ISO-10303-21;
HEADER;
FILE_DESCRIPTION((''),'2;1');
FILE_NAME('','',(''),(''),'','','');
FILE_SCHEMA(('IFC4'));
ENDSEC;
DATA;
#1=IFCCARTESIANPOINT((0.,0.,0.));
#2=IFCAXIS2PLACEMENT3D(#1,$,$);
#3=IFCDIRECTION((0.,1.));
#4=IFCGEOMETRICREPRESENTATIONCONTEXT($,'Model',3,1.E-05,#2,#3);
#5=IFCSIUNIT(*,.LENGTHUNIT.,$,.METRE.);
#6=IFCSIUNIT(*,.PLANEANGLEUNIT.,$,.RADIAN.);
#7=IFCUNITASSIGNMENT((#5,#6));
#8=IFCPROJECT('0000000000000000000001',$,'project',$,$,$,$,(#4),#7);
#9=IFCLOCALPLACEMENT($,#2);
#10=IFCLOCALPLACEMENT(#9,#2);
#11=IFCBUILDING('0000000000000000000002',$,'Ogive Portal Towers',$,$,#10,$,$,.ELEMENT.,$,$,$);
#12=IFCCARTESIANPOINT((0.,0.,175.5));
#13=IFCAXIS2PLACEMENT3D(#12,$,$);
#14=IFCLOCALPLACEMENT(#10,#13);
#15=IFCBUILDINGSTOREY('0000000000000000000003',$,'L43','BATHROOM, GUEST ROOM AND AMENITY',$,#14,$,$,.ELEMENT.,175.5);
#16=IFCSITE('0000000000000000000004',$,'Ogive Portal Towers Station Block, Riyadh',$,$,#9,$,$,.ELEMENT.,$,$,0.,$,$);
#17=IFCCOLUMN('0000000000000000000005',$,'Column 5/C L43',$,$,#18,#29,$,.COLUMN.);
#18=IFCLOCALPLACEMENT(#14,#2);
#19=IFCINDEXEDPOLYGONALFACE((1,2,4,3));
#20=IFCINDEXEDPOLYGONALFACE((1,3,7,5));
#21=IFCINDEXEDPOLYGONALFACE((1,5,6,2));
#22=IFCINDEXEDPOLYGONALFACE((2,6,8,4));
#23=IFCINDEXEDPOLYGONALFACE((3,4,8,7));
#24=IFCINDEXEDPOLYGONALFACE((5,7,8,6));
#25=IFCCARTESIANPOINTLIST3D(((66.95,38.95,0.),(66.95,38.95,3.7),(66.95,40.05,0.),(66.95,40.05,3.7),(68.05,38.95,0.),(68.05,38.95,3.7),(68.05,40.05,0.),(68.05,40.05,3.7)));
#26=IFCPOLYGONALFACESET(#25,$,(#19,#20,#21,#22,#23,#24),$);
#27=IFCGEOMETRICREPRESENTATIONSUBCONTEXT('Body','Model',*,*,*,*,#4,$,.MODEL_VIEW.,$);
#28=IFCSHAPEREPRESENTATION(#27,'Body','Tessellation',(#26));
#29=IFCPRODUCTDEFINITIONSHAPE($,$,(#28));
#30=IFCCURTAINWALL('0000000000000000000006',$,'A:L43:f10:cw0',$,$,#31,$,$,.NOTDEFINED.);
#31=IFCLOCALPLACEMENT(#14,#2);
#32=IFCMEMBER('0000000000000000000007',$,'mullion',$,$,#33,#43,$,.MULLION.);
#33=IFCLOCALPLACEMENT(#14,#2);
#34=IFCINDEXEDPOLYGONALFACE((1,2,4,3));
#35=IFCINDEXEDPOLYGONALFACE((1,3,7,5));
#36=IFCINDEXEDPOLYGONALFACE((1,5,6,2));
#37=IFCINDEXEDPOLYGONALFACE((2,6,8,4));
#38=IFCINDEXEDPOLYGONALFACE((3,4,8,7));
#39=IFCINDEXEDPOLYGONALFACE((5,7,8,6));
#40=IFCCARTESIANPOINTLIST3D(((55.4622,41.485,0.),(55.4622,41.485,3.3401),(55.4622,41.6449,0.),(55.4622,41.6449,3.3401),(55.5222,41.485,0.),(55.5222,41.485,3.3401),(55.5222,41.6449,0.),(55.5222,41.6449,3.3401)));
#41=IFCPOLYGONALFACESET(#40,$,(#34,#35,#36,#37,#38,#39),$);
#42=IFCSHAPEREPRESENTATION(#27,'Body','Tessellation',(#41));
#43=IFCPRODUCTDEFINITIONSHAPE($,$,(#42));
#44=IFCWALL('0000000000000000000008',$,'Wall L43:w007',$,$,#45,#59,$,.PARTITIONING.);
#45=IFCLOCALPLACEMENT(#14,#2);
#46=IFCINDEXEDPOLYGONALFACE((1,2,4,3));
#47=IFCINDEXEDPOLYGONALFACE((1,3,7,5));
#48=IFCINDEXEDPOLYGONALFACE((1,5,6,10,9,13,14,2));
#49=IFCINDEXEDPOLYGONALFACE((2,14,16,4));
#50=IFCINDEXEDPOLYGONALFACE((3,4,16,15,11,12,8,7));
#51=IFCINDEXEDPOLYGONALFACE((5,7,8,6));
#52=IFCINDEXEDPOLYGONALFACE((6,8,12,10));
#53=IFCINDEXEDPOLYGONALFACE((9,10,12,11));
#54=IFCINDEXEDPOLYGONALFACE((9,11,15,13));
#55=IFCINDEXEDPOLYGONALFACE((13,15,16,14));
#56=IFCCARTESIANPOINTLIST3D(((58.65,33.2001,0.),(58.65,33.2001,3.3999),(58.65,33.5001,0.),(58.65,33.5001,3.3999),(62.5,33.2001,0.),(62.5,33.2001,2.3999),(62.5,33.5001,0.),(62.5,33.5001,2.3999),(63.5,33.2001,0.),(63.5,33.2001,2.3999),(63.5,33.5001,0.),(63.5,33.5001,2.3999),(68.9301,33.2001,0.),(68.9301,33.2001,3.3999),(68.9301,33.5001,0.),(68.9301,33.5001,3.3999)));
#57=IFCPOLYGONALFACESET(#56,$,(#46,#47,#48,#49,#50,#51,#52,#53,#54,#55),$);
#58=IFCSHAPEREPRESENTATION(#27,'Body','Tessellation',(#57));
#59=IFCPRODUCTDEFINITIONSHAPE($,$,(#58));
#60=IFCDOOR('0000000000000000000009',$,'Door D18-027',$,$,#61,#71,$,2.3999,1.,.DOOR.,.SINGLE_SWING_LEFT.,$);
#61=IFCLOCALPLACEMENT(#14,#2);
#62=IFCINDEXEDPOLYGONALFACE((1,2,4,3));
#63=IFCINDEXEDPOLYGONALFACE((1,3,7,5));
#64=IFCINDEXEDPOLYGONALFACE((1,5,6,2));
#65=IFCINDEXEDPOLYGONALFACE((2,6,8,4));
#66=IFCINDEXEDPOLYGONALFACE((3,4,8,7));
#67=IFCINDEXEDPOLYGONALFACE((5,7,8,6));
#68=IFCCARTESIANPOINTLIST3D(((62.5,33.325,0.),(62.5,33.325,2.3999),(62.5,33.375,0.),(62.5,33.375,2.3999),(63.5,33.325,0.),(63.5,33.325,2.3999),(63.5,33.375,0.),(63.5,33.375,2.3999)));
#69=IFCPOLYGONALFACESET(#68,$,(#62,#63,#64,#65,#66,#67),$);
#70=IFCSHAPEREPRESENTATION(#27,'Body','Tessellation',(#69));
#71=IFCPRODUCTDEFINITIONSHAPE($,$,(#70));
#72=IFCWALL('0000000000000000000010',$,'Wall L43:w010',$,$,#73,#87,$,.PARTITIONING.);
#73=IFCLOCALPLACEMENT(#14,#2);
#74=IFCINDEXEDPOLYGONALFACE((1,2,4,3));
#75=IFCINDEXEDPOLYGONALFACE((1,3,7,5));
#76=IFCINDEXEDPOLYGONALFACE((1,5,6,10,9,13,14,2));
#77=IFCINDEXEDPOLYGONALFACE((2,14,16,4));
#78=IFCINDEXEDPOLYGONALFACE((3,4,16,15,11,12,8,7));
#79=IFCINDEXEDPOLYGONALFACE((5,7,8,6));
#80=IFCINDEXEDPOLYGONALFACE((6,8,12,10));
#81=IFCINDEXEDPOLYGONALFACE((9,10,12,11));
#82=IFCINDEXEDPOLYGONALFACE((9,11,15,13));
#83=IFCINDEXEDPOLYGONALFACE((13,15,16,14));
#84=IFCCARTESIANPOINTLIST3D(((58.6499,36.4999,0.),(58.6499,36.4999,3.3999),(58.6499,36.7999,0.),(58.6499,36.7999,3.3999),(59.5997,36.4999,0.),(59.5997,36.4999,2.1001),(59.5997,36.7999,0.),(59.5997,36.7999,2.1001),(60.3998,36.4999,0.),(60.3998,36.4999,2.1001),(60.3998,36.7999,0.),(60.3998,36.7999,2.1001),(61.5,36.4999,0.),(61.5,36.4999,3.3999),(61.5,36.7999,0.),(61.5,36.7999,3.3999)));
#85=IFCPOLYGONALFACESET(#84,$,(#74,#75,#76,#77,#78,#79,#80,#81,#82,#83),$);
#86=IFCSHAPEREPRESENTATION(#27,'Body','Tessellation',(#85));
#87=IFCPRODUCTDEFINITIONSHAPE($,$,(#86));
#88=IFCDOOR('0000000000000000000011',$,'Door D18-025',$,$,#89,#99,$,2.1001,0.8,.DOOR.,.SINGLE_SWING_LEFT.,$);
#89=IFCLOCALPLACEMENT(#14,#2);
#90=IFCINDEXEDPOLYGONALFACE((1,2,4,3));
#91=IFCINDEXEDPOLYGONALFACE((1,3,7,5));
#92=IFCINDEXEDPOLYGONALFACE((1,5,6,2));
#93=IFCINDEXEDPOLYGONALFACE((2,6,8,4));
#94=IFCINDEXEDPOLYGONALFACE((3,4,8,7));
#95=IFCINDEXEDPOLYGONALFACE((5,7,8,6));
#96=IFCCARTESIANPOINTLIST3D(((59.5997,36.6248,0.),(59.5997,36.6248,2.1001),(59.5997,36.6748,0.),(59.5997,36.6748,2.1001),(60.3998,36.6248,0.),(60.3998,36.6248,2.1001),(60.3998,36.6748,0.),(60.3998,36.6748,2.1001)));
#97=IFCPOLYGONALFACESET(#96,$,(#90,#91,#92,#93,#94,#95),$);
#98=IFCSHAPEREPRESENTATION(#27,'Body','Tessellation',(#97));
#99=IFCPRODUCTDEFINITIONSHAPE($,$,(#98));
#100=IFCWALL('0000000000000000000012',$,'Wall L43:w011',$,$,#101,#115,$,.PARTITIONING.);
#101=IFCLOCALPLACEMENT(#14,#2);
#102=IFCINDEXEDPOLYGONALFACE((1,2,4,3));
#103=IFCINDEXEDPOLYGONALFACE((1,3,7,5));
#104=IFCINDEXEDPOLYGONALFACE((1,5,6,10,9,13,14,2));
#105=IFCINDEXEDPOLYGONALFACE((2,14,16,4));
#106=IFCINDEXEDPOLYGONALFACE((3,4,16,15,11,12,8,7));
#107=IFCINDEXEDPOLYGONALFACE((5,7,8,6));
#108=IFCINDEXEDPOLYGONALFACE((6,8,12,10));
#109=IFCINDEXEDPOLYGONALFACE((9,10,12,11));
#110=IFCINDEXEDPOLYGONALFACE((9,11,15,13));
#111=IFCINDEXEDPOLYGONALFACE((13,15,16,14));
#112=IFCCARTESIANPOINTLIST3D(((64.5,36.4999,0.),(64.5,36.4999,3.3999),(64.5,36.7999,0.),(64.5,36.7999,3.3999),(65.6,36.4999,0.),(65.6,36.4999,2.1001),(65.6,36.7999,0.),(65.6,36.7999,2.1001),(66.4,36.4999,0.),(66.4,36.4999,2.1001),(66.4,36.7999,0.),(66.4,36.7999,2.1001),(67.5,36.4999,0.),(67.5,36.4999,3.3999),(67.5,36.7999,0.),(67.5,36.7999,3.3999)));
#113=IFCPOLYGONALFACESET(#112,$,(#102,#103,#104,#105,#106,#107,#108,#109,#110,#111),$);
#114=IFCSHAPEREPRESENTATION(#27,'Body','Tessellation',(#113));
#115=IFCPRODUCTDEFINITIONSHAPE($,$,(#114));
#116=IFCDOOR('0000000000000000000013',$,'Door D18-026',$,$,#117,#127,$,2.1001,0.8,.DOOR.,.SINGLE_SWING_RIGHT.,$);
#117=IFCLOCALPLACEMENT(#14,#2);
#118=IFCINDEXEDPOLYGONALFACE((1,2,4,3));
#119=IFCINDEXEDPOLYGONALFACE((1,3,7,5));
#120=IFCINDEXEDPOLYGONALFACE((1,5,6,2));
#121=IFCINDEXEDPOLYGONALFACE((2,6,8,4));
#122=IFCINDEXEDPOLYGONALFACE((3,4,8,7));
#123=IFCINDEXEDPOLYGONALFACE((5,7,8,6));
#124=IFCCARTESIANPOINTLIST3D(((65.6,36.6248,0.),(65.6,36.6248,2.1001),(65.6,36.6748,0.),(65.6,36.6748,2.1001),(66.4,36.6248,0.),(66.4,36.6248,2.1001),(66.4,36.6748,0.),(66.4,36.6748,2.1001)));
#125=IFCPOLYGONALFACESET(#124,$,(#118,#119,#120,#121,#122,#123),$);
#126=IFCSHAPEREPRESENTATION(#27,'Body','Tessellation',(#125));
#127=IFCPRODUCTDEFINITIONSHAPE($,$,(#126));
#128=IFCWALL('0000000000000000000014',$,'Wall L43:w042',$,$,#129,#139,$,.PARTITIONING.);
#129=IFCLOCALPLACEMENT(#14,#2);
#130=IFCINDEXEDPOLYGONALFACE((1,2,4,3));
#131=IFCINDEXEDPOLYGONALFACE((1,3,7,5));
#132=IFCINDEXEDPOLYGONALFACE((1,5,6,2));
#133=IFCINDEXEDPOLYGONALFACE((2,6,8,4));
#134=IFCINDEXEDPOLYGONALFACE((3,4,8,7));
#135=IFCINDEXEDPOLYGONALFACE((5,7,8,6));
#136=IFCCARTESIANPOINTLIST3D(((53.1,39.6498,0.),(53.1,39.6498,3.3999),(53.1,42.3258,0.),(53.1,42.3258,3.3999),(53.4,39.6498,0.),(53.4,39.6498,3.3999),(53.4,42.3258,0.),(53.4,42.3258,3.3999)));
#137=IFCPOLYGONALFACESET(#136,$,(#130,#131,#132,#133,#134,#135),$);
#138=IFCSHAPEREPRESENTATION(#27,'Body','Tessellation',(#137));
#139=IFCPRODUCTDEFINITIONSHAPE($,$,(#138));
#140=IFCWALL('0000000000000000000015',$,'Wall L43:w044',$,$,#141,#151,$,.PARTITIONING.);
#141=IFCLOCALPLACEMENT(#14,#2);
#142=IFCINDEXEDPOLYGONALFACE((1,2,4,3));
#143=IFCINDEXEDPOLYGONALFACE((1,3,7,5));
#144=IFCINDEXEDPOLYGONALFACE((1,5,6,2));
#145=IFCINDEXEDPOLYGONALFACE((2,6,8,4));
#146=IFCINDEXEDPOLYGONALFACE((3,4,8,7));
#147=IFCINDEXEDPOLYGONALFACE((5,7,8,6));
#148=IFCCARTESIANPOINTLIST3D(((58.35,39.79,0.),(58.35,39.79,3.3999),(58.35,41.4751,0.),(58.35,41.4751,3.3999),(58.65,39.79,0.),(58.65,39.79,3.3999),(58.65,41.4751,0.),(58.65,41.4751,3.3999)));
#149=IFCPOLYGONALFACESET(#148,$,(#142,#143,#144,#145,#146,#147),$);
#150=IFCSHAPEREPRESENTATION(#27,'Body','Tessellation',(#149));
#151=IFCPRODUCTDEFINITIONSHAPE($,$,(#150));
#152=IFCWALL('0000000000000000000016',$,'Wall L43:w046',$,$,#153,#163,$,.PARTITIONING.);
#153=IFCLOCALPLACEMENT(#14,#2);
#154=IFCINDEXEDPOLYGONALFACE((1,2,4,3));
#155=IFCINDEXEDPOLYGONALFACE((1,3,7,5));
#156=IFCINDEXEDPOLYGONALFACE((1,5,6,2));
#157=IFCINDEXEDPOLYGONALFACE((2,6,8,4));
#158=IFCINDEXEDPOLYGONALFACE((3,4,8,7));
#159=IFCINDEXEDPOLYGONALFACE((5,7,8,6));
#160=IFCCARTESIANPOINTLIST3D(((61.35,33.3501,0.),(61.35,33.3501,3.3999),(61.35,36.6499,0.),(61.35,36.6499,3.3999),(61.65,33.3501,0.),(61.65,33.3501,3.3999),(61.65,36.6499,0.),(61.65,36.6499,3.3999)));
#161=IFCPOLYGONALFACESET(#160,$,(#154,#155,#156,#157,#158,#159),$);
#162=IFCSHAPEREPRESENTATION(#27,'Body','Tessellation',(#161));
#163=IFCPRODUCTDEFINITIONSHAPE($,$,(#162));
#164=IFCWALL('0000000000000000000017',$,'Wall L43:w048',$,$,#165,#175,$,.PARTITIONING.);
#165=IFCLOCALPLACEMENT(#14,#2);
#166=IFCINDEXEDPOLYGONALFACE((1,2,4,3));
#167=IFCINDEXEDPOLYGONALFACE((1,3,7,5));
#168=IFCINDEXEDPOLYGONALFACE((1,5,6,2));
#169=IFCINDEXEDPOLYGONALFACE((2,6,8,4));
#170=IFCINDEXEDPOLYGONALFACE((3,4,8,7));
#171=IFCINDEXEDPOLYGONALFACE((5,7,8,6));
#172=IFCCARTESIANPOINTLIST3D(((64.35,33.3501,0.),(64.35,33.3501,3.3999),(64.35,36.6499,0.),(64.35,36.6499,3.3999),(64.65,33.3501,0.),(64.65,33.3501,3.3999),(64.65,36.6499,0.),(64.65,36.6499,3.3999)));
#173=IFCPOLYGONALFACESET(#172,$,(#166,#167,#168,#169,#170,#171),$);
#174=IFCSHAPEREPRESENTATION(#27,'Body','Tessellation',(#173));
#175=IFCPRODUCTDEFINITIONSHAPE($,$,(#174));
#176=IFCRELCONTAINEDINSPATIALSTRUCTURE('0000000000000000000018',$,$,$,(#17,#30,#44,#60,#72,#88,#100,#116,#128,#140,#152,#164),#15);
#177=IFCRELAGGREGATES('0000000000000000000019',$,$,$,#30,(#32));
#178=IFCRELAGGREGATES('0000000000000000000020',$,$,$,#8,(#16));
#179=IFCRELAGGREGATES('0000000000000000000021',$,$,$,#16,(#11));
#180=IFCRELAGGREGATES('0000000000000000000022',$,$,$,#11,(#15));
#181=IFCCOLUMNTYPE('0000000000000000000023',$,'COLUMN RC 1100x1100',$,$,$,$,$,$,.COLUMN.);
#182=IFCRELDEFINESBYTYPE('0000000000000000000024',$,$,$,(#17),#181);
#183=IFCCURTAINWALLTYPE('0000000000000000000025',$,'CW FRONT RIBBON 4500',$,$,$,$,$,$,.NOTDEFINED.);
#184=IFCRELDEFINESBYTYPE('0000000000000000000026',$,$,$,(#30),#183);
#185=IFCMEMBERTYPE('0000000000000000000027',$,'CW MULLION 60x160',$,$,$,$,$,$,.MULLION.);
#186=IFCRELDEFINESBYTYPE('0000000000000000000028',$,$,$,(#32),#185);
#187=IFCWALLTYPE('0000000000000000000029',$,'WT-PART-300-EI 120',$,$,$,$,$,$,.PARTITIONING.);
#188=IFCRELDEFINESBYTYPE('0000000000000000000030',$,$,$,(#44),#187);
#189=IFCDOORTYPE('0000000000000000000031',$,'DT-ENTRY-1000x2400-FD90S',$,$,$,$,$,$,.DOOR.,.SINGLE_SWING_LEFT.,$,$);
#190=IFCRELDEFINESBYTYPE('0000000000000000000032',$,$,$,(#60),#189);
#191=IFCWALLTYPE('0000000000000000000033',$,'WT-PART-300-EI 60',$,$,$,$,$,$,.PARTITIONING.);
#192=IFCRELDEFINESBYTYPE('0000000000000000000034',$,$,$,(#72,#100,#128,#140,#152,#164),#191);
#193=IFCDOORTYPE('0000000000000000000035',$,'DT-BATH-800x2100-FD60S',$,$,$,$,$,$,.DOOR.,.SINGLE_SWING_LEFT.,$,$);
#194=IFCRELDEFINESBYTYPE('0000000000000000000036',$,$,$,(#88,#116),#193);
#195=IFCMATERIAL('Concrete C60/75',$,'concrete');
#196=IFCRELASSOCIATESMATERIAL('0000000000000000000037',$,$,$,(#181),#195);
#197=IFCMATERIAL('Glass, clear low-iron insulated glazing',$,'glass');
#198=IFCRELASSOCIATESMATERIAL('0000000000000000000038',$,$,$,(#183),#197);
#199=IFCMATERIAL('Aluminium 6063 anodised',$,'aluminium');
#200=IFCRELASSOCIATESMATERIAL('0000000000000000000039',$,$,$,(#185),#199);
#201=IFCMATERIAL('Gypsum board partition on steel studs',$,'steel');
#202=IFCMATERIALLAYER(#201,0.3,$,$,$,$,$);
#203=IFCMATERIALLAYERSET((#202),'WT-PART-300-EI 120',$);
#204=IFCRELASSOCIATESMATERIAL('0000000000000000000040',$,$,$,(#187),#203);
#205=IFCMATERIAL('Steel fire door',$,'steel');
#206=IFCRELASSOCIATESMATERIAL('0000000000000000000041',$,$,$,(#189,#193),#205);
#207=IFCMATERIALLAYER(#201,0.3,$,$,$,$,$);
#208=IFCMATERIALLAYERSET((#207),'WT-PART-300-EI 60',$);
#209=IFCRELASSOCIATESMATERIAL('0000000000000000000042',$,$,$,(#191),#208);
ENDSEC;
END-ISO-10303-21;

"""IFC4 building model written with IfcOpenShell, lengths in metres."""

from ifc_helpers import new_model, si_unit, direction, frame, frame_2d, origin, origin_2d, place, context, subcontext, project, spatial, rectangle, extrude, material, layer, layer_set, material_profile, profile_set, type_object, element, fill, aggregate, save


model = new_model("IFC4")

# Units and contexts
model_context = context("Model", 3, precision=1e-05, world=origin(), true_north=direction((0.0, 1.0)))
body_context = subcontext(model_context, "Body", "Model", "MODEL_VIEW")
ifc_project = project(units=[si_unit("LENGTHUNIT", "METRE"), si_unit("PLANEANGLEUNIT", "RADIAN")], contexts=[model_context])

# Site, building, storey
site_placement = place(None, origin())
site = spatial("IfcSite", under=ifc_project, at=site_placement, Name="Ogive Portal Towers Station Block, Riyadh", CompositionType="ELEMENT", RefElevation=0.0)
building_placement = place(site_placement, origin())
building = spatial("IfcBuilding", under=site, at=building_placement, Name="Ogive Portal Towers", CompositionType="ELEMENT")
storey_placement = place(building_placement, frame((0.0, 0.0, 175.5)))
storey = spatial("IfcBuildingStorey", under=building, at=storey_placement, Name="L43", Description="BATHROOM, GUEST ROOM AND AMENITY", CompositionType="ELEMENT", Elevation=175.5)

# Column
ifc_material_1 = material(Name="Concrete C60/75", Category="concrete")
ifc_material_profile_1 = material_profile(ifc_material_1, rectangle(XDim=1.1001, YDim=1.1001, at=origin_2d()), Name="RC 1100x1100")
ifc_profile_set_1 = profile_set([ifc_material_profile_1], Name="Concrete C60/75")
column_type = type_object("IfcColumnType", Name="COLUMN RC 1100x1100", PredefinedType="COLUMN", material=ifc_profile_set_1)
column_placement = place(storey_placement, frame((67.5, 39.5, 0.0), z_axis=(0.0, 0.0, 1.0), x_axis=(1.0, 0.0, 0.0)))
element("IfcColumn", 1, at=column_placement, inside=storey, type_object=column_type, Name="Column 5/C L43", PredefinedType="COLUMN", context=body_context, shape_type="SweptSolid", body=[
    extrude(rectangle(XDim=1.1001, YDim=1.1001, at=origin_2d()), origin(), (0.0, 0.0, 1.0), 3.7),
])

# Curtain wall, member
ifc_material_2 = material(Name="Glass, clear low-iron insulated glazing", Category="glass")
curtain_wall_type = type_object("IfcCurtainWallType", Name="CW FRONT RIBBON 4500", PredefinedType="NOTDEFINED", material=ifc_material_2)
curtain_wall_placement = place(storey_placement, origin())
curtain_wall = element("IfcCurtainWall", 2, at=curtain_wall_placement, inside=storey, type_object=curtain_wall_type, Name="A:L43:f10:cw0", PredefinedType="NOTDEFINED")
ifc_material_3 = material(Name="Aluminium 6063 anodised", Category="aluminium")
ifc_material_profile_2 = material_profile(ifc_material_3, rectangle(XDim=0.1599, YDim=0.0601, at=origin_2d()), Name="AL 60x160")
ifc_profile_set_2 = profile_set([ifc_material_profile_2], Name="Aluminium 6063 anodised")
member_type = type_object("IfcMemberType", Name="CW MULLION 60x160", PredefinedType="MULLION", material=ifc_profile_set_2)
member_placement = place(storey_placement, frame((55.4922, 41.5649, 0.0), z_axis=(0.0, 0.0, 1.0), x_axis=(0.0, -1.0, 0.0)))
member = element("IfcMember", 3, at=member_placement, type_object=member_type, Name="mullion", PredefinedType="MULLION", context=body_context, shape_type="SweptSolid", body=[
    extrude(rectangle(XDim=0.1599, YDim=0.0601, at=origin_2d()), origin(), (0.0, 0.0, 1.0), 3.3401),
])
aggregate(curtain_wall, [member])

# Walls, openings, doors
ifc_material_4 = material(Name="Gypsum board partition on steel studs", Category="steel")
ifc_layer_1 = layer(ifc_material_4, 0.3)
ifc_layer_set_1 = layer_set([ifc_layer_1], Name="WT-PART-300-EI 120")
wall_type_1 = type_object("IfcWallType", Name="WT-PART-300-EI 120", PredefinedType="PARTITIONING", material=ifc_layer_set_1)
wall_1_placement = place(storey_placement, frame((58.6499, 33.3501, 0.0), z_axis=(0.0, 0.0, 1.0), x_axis=(1.0, 0.0, 0.0)))
wall_1 = element("IfcWall", 4, at=wall_1_placement, inside=storey, type_object=wall_type_1, Name="Wall L43:w007", PredefinedType="PARTITIONING", context=body_context, shape_type="SweptSolid", body=[
    extrude(rectangle(XDim=10.28, YDim=0.3, at=frame_2d((5.1401, 0.0))), origin(), (0.0, 0.0, 1.0), 3.3999),
])
opening_1_placement = place(wall_1_placement, frame((3.8501, 0.0, 0.0)))
opening_1 = element("IfcOpeningElement", 5, at=opening_1_placement, cuts=wall_1, PredefinedType="OPENING", context=body_context, shape_type="SweptSolid", body=[
    extrude(rectangle(XDim=1.0, YDim=2.3999, at=frame_2d((0.5, 1.2))), frame((0.0, 0.1602, 0.0), z_axis=(0.0, -1.0, 0.0), x_axis=(1.0, 0.0, 0.0)), (0.0, 0.0, 1.0), 0.3201),
])
ifc_material_5 = material(Name="Steel fire door", Category="steel")
door_type_1 = type_object("IfcDoorType", Name="DT-ENTRY-1000x2400-FD90S", OperationType="SINGLE_SWING_LEFT", PredefinedType="DOOR", material=ifc_material_5)
door_1_placement = place(opening_1_placement, origin())
door_1 = element("IfcDoor", 6, at=door_1_placement, inside=storey, type_object=door_type_1, Name="Door D18-027", OperationType="SINGLE_SWING_LEFT", OverallHeight=2.3999, OverallWidth=1.0, PredefinedType="DOOR", context=body_context, shape_type="SweptSolid", body=[
    extrude(rectangle(XDim=1.0, YDim=2.3999, at=frame_2d((0.5, 1.2))), frame((0.0, 0.0249, 0.0), z_axis=(0.0, -1.0, 0.0), x_axis=(1.0, 0.0, 0.0)), (0.0, 0.0, 1.0), 0.05),
])
fill(opening_1, door_1)
ifc_layer_2 = layer(ifc_material_4, 0.3)
ifc_layer_set_2 = layer_set([ifc_layer_2], Name="WT-PART-300-EI 60")
wall_type_2 = type_object("IfcWallType", Name="WT-PART-300-EI 60", PredefinedType="PARTITIONING", material=ifc_layer_set_2)
wall_2_placement = place(storey_placement, frame((58.6499, 36.6499, 0.0), z_axis=(0.0, 0.0, 1.0), x_axis=(1.0, 0.0, 0.0)))
wall_2 = element("IfcWall", 7, at=wall_2_placement, inside=storey, type_object=wall_type_2, Name="Wall L43:w010", PredefinedType="PARTITIONING", context=body_context, shape_type="SweptSolid", body=[
    extrude(rectangle(XDim=2.8501, YDim=0.3, at=frame_2d((1.425, 0.0))), origin(), (0.0, 0.0, 1.0), 3.3999),
])
opening_2_placement = place(wall_2_placement, frame((0.95, 0.0, 0.0)))
opening_2 = element("IfcOpeningElement", 8, at=opening_2_placement, cuts=wall_2, PredefinedType="OPENING", context=body_context, shape_type="SweptSolid", body=[
    extrude(rectangle(XDim=0.8, YDim=2.1001, at=frame_2d((0.3999, 1.05))), frame((0.0, 0.1602, 0.0), z_axis=(0.0, -1.0, 0.0), x_axis=(1.0, 0.0, 0.0)), (0.0, 0.0, 1.0), 0.3201),
])
door_type_2 = type_object("IfcDoorType", Name="DT-BATH-800x2100-FD60S", OperationType="SINGLE_SWING_LEFT", PredefinedType="DOOR", material=ifc_material_5)
door_2_placement = place(opening_2_placement, origin())
door_2 = element("IfcDoor", 9, at=door_2_placement, inside=storey, type_object=door_type_2, Name="Door D18-025", OperationType="SINGLE_SWING_LEFT", OverallHeight=2.1001, OverallWidth=0.8, PredefinedType="DOOR", context=body_context, shape_type="SweptSolid", body=[
    extrude(rectangle(XDim=0.8, YDim=2.1001, at=frame_2d((0.3999, 1.05))), frame((0.0, 0.0249, 0.0), z_axis=(0.0, -1.0, 0.0), x_axis=(1.0, 0.0, 0.0)), (0.0, 0.0, 1.0), 0.05),
])
fill(opening_2, door_2)
wall_3_placement = place(storey_placement, frame((64.5, 36.6499, 0.0), z_axis=(0.0, 0.0, 1.0), x_axis=(1.0, 0.0, 0.0)))
wall_3 = element("IfcWall", 10, at=wall_3_placement, inside=storey, type_object=wall_type_2, Name="Wall L43:w011", PredefinedType="PARTITIONING", context=body_context, shape_type="SweptSolid", body=[
    extrude(rectangle(XDim=3.0, YDim=0.3, at=frame_2d((1.5, 0.0))), origin(), (0.0, 0.0, 1.0), 3.3999),
])
opening_3_placement = place(wall_3_placement, frame((1.1001, 0.0, 0.0)))
opening_3 = element("IfcOpeningElement", 11, at=opening_3_placement, cuts=wall_3, PredefinedType="OPENING", context=body_context, shape_type="SweptSolid", body=[
    extrude(rectangle(XDim=0.8, YDim=2.1001, at=frame_2d((0.3999, 1.05))), frame((0.0, 0.1602, 0.0), z_axis=(0.0, -1.0, 0.0), x_axis=(1.0, 0.0, 0.0)), (0.0, 0.0, 1.0), 0.3201),
])
door_3_placement = place(opening_3_placement, origin())
door_3 = element("IfcDoor", 12, at=door_3_placement, inside=storey, type_object=door_type_2, Name="Door D18-026", OperationType="SINGLE_SWING_RIGHT", OverallHeight=2.1001, OverallWidth=0.8, PredefinedType="DOOR", context=body_context, shape_type="SweptSolid", body=[
    extrude(rectangle(XDim=0.8, YDim=2.1001, at=frame_2d((0.3999, 1.05))), frame((0.0, 0.0249, 0.0), z_axis=(0.0, -1.0, 0.0), x_axis=(1.0, 0.0, 0.0)), (0.0, 0.0, 1.0), 0.05),
])
fill(opening_3, door_3)

# Walls
wall_4_placement = place(storey_placement, frame((53.25, 39.6499, 0.0), z_axis=(0.0, 0.0, 1.0), x_axis=(0.0, 1.0, 0.0)))
element("IfcWall", 13, at=wall_4_placement, inside=storey, type_object=wall_type_2, Name="Wall L43:w042", PredefinedType="PARTITIONING", context=body_context, shape_type="SweptSolid", body=[
    extrude(rectangle(XDim=2.676, YDim=0.3, at=frame_2d((1.3379, 0.0))), origin(), (0.0, 0.0, 1.0), 3.3999),
])
wall_5_placement = place(storey_placement, frame((58.5, 39.79, 0.0), z_axis=(0.0, 0.0, 1.0), x_axis=(0.0, 1.0, 0.0)))
element("IfcWall", 14, at=wall_5_placement, inside=storey, type_object=wall_type_2, Name="Wall L43:w044", PredefinedType="PARTITIONING", context=body_context, shape_type="SweptSolid", body=[
    extrude(rectangle(XDim=1.6851, YDim=0.3, at=frame_2d((0.8425, 0.0))), origin(), (0.0, 0.0, 1.0), 3.3999),
])
for number, where, z_axis, x_axis, name in (
    (15, (61.5, 33.3501, 0.0), (0.0, 0.0, 1.0), (0.0, 1.0, 0.0), "Wall L43:w046"),
    (16, (64.5, 33.3501, 0.0), (0.0, 0.0, 1.0), (0.0, 1.0, 0.0), "Wall L43:w048"),
):
    element("IfcWall", number, at=place(storey_placement, frame(where, z_axis=z_axis, x_axis=x_axis)), inside=storey, type_object=wall_type_2, Name=name, PredefinedType="PARTITIONING", context=body_context, shape_type="SweptSolid", body=[
        extrude(rectangle(XDim=3.2998, YDim=0.3, at=frame_2d((1.6499, 0.0))), origin(), (0.0, 0.0, 1.0), 3.3999),
    ])

save(model, "model.ifc")
